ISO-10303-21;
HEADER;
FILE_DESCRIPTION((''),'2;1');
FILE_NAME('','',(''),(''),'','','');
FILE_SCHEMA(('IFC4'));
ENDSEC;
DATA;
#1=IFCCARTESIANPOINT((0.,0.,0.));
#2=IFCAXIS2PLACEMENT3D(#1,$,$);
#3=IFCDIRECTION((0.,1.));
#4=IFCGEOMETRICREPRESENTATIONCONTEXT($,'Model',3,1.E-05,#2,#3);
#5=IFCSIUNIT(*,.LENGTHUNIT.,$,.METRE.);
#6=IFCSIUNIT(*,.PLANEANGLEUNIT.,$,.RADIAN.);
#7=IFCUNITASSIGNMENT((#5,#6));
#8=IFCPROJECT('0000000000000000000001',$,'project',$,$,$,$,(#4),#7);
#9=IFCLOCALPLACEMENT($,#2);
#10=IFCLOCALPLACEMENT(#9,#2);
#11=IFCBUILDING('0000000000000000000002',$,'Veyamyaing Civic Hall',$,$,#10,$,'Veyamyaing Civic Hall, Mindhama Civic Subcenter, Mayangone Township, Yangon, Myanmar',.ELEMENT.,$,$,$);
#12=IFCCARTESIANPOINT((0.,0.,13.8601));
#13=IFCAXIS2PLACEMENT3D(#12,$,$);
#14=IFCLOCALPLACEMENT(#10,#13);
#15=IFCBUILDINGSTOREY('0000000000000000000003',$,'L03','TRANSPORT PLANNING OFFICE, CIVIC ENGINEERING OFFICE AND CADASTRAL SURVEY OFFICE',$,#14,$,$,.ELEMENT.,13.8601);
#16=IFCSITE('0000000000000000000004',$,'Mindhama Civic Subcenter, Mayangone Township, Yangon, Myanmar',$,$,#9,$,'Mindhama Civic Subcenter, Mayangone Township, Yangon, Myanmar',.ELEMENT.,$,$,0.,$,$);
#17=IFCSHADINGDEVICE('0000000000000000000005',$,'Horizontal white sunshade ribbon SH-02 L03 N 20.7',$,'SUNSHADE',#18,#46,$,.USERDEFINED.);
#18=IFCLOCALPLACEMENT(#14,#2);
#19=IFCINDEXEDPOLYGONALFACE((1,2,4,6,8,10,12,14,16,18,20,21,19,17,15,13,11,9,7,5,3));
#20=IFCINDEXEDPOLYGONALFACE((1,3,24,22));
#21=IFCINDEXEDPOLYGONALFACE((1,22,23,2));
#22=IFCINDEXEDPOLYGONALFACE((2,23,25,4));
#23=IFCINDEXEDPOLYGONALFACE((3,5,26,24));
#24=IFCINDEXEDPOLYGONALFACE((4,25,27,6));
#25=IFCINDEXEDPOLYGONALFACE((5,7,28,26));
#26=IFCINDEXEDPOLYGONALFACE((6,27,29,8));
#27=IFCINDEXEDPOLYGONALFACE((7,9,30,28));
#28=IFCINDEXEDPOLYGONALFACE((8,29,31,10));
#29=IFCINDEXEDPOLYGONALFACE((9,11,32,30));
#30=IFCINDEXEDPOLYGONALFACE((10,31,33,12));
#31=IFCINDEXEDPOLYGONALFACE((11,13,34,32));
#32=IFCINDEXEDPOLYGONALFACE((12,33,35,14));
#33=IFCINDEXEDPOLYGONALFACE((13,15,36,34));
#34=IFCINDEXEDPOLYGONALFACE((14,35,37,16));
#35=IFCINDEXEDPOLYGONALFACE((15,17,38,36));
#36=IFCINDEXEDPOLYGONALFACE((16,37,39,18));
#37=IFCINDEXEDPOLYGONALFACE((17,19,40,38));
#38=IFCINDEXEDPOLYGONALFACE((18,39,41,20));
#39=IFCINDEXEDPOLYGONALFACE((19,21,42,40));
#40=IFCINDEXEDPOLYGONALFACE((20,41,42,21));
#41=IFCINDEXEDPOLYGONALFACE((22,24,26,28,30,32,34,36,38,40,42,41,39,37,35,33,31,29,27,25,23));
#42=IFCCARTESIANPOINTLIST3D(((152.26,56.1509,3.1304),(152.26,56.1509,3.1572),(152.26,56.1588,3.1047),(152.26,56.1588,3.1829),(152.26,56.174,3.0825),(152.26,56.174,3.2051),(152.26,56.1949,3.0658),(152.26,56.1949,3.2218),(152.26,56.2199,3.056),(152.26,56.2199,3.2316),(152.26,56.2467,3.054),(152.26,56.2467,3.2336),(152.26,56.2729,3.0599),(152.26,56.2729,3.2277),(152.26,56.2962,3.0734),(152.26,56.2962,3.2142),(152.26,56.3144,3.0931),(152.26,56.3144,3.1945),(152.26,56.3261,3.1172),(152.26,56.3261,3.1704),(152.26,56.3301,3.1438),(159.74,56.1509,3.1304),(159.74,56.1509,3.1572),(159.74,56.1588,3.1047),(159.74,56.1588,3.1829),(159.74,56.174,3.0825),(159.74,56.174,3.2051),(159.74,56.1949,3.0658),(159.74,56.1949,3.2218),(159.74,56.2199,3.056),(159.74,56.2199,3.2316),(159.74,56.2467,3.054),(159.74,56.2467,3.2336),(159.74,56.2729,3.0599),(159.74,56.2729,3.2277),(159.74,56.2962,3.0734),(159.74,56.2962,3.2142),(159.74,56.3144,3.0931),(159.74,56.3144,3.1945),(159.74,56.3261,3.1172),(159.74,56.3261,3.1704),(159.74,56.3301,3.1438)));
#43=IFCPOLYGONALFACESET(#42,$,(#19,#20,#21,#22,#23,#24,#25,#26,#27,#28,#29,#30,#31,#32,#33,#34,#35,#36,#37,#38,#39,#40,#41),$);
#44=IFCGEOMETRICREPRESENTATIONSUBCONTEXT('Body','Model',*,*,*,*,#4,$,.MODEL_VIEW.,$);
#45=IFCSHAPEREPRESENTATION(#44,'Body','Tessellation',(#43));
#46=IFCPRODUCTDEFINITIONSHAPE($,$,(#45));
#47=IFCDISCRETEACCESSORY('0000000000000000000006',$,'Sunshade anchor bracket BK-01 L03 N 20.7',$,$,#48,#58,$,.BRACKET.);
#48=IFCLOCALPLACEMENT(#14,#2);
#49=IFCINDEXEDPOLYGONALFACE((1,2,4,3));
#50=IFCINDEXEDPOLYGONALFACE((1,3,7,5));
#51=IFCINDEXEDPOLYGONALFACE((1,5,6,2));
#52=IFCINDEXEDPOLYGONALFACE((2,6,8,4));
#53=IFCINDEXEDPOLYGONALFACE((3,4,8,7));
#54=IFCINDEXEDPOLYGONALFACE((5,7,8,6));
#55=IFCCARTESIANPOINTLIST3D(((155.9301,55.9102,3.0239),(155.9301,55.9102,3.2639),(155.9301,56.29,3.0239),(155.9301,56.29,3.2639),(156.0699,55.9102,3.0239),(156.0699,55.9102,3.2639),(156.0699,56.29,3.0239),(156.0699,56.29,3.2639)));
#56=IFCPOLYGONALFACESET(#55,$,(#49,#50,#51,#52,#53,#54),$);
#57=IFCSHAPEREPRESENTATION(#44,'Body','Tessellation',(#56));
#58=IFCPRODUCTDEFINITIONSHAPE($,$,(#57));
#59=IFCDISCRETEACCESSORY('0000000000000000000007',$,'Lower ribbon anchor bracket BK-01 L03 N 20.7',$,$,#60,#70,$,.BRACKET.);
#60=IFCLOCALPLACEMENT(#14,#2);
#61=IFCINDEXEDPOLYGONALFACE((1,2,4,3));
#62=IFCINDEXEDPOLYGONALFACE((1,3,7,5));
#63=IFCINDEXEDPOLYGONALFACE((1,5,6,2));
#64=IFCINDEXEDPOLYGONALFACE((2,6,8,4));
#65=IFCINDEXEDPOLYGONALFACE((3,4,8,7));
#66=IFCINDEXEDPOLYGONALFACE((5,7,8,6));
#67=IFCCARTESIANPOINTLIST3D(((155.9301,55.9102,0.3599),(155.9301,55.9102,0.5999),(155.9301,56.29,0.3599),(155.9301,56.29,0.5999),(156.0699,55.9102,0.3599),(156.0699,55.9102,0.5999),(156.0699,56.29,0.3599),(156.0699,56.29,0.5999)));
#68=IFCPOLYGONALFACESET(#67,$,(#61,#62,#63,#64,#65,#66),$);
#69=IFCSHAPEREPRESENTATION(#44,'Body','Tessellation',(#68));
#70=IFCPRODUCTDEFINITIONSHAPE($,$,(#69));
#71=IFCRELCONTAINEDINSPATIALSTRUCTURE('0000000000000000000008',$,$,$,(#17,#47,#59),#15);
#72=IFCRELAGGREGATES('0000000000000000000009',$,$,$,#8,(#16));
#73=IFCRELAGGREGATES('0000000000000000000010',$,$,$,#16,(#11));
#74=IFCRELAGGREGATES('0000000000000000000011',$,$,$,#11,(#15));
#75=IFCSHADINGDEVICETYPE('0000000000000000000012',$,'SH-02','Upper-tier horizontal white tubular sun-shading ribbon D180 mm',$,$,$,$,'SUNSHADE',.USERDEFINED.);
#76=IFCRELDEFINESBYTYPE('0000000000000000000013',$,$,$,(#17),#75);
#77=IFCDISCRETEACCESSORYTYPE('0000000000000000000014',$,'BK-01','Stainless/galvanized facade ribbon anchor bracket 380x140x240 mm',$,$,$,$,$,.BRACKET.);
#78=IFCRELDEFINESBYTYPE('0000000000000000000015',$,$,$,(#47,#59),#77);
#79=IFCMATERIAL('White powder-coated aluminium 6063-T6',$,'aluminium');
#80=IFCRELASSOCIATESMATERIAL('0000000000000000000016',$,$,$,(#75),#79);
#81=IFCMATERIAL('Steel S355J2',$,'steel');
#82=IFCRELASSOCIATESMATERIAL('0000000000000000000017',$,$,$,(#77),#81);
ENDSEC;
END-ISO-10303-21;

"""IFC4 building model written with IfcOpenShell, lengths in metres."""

from ifc_helpers import new_model, si_unit, direction, frame, origin, origin_2d, place, context, subcontext, project, spatial, rectangle, circle, extrude, material, material_profile, profile_set, type_object, element, save


model = new_model("IFC4")

# Units and contexts
model_context = context("Model", 3, precision=1e-05, world=origin(), true_north=direction((0.0, 1.0)))
body_context = subcontext(model_context, "Body", "Model", "MODEL_VIEW")
ifc_project = project(units=[si_unit("LENGTHUNIT", "METRE"), si_unit("PLANEANGLEUNIT", "RADIAN")], contexts=[model_context])

# Site, building, storey
site_placement = place(None, origin())
site = spatial("IfcSite", under=ifc_project, at=site_placement, Name="Mindhama Civic Subcenter, Mayangone Township, Yangon, Myanmar", LongName="Mindhama Civic Subcenter, Mayangone Township, Yangon, Myanmar", CompositionType="ELEMENT", RefElevation=0.0)
building_placement = place(site_placement, origin())
building = spatial("IfcBuilding", under=site, at=building_placement, Name="Veyamyaing Civic Hall", LongName="Veyamyaing Civic Hall, Mindhama Civic Subcenter, Mayangone Township, Yangon, Myanmar", CompositionType="ELEMENT")
storey_placement = place(building_placement, frame((0.0, 0.0, 13.8601)))
storey = spatial("IfcBuildingStorey", under=building, at=storey_placement, Name="L03", Description="TRANSPORT PLANNING OFFICE, CIVIC ENGINEERING OFFICE AND CADASTRAL SURVEY OFFICE", CompositionType="ELEMENT", Elevation=13.8601)

# Shading device
ifc_material_1 = material(Name="White powder-coated aluminium 6063-T6", Category="aluminium")
ifc_material_profile_1 = material_profile(ifc_material_1, circle(Radius=0.0901, at=origin_2d()), Name="SHADE-TUBE-180")
ifc_profile_set_1 = profile_set([ifc_material_profile_1], Name="White powder-coated aluminium 6063-T6")
shading_device_type = type_object("IfcShadingDeviceType", Name="SH-02", Description="Upper-tier horizontal white tubular sun-shading ribbon D180 mm", ElementType="SUNSHADE", PredefinedType="USERDEFINED", material=ifc_profile_set_1)
shading_device_placement = place(storey_placement, frame((152.26, 56.24, 3.1438), z_axis=(1.0, 0.0, 0.0), x_axis=(0.0, 1.0, 0.0)))
element("IfcShadingDevice", 1, at=shading_device_placement, inside=storey, type_object=shading_device_type, Name="Horizontal white sunshade ribbon SH-02 L03 N 20.7", ObjectType="SUNSHADE", PredefinedType="USERDEFINED", context=body_context, shape_type="SweptSolid", body=[
    extrude(circle(Radius=0.0901, at=origin_2d()), origin(), (0.0, 0.0, 1.0), 7.48),
])

# Discrete accessories
ifc_material_2 = material(Name="Steel S355J2", Category="steel")
discrete_accessory_type = type_object("IfcDiscreteAccessoryType", Name="BK-01", Description="Stainless/galvanized facade ribbon anchor bracket 380x140x240 mm", PredefinedType="BRACKET", material=ifc_material_2)
for number, where, z_axis, x_axis, name in (
    (2, (156.0, 56.1001, 3.0239), (0.0, 0.0, 1.0), (0.0, 1.0, 0.0), "Sunshade anchor bracket BK-01 L03 N 20.7"),
    (3, (156.0, 56.1001, 0.3599), (0.0, 0.0, 1.0), (0.0, 1.0, 0.0), "Lower ribbon anchor bracket BK-01 L03 N 20.7"),
):
    element("IfcDiscreteAccessory", number, at=place(storey_placement, frame(where, z_axis=z_axis, x_axis=x_axis)), inside=storey, type_object=discrete_accessory_type, Name=name, PredefinedType="BRACKET", context=body_context, shape_type="SweptSolid", body=[
        extrude(rectangle(XDim=0.3799, YDim=0.1399, at=origin_2d()), origin(), (0.0, 0.0, 1.0), 0.24),
    ])

save(model, "model.ifc")
